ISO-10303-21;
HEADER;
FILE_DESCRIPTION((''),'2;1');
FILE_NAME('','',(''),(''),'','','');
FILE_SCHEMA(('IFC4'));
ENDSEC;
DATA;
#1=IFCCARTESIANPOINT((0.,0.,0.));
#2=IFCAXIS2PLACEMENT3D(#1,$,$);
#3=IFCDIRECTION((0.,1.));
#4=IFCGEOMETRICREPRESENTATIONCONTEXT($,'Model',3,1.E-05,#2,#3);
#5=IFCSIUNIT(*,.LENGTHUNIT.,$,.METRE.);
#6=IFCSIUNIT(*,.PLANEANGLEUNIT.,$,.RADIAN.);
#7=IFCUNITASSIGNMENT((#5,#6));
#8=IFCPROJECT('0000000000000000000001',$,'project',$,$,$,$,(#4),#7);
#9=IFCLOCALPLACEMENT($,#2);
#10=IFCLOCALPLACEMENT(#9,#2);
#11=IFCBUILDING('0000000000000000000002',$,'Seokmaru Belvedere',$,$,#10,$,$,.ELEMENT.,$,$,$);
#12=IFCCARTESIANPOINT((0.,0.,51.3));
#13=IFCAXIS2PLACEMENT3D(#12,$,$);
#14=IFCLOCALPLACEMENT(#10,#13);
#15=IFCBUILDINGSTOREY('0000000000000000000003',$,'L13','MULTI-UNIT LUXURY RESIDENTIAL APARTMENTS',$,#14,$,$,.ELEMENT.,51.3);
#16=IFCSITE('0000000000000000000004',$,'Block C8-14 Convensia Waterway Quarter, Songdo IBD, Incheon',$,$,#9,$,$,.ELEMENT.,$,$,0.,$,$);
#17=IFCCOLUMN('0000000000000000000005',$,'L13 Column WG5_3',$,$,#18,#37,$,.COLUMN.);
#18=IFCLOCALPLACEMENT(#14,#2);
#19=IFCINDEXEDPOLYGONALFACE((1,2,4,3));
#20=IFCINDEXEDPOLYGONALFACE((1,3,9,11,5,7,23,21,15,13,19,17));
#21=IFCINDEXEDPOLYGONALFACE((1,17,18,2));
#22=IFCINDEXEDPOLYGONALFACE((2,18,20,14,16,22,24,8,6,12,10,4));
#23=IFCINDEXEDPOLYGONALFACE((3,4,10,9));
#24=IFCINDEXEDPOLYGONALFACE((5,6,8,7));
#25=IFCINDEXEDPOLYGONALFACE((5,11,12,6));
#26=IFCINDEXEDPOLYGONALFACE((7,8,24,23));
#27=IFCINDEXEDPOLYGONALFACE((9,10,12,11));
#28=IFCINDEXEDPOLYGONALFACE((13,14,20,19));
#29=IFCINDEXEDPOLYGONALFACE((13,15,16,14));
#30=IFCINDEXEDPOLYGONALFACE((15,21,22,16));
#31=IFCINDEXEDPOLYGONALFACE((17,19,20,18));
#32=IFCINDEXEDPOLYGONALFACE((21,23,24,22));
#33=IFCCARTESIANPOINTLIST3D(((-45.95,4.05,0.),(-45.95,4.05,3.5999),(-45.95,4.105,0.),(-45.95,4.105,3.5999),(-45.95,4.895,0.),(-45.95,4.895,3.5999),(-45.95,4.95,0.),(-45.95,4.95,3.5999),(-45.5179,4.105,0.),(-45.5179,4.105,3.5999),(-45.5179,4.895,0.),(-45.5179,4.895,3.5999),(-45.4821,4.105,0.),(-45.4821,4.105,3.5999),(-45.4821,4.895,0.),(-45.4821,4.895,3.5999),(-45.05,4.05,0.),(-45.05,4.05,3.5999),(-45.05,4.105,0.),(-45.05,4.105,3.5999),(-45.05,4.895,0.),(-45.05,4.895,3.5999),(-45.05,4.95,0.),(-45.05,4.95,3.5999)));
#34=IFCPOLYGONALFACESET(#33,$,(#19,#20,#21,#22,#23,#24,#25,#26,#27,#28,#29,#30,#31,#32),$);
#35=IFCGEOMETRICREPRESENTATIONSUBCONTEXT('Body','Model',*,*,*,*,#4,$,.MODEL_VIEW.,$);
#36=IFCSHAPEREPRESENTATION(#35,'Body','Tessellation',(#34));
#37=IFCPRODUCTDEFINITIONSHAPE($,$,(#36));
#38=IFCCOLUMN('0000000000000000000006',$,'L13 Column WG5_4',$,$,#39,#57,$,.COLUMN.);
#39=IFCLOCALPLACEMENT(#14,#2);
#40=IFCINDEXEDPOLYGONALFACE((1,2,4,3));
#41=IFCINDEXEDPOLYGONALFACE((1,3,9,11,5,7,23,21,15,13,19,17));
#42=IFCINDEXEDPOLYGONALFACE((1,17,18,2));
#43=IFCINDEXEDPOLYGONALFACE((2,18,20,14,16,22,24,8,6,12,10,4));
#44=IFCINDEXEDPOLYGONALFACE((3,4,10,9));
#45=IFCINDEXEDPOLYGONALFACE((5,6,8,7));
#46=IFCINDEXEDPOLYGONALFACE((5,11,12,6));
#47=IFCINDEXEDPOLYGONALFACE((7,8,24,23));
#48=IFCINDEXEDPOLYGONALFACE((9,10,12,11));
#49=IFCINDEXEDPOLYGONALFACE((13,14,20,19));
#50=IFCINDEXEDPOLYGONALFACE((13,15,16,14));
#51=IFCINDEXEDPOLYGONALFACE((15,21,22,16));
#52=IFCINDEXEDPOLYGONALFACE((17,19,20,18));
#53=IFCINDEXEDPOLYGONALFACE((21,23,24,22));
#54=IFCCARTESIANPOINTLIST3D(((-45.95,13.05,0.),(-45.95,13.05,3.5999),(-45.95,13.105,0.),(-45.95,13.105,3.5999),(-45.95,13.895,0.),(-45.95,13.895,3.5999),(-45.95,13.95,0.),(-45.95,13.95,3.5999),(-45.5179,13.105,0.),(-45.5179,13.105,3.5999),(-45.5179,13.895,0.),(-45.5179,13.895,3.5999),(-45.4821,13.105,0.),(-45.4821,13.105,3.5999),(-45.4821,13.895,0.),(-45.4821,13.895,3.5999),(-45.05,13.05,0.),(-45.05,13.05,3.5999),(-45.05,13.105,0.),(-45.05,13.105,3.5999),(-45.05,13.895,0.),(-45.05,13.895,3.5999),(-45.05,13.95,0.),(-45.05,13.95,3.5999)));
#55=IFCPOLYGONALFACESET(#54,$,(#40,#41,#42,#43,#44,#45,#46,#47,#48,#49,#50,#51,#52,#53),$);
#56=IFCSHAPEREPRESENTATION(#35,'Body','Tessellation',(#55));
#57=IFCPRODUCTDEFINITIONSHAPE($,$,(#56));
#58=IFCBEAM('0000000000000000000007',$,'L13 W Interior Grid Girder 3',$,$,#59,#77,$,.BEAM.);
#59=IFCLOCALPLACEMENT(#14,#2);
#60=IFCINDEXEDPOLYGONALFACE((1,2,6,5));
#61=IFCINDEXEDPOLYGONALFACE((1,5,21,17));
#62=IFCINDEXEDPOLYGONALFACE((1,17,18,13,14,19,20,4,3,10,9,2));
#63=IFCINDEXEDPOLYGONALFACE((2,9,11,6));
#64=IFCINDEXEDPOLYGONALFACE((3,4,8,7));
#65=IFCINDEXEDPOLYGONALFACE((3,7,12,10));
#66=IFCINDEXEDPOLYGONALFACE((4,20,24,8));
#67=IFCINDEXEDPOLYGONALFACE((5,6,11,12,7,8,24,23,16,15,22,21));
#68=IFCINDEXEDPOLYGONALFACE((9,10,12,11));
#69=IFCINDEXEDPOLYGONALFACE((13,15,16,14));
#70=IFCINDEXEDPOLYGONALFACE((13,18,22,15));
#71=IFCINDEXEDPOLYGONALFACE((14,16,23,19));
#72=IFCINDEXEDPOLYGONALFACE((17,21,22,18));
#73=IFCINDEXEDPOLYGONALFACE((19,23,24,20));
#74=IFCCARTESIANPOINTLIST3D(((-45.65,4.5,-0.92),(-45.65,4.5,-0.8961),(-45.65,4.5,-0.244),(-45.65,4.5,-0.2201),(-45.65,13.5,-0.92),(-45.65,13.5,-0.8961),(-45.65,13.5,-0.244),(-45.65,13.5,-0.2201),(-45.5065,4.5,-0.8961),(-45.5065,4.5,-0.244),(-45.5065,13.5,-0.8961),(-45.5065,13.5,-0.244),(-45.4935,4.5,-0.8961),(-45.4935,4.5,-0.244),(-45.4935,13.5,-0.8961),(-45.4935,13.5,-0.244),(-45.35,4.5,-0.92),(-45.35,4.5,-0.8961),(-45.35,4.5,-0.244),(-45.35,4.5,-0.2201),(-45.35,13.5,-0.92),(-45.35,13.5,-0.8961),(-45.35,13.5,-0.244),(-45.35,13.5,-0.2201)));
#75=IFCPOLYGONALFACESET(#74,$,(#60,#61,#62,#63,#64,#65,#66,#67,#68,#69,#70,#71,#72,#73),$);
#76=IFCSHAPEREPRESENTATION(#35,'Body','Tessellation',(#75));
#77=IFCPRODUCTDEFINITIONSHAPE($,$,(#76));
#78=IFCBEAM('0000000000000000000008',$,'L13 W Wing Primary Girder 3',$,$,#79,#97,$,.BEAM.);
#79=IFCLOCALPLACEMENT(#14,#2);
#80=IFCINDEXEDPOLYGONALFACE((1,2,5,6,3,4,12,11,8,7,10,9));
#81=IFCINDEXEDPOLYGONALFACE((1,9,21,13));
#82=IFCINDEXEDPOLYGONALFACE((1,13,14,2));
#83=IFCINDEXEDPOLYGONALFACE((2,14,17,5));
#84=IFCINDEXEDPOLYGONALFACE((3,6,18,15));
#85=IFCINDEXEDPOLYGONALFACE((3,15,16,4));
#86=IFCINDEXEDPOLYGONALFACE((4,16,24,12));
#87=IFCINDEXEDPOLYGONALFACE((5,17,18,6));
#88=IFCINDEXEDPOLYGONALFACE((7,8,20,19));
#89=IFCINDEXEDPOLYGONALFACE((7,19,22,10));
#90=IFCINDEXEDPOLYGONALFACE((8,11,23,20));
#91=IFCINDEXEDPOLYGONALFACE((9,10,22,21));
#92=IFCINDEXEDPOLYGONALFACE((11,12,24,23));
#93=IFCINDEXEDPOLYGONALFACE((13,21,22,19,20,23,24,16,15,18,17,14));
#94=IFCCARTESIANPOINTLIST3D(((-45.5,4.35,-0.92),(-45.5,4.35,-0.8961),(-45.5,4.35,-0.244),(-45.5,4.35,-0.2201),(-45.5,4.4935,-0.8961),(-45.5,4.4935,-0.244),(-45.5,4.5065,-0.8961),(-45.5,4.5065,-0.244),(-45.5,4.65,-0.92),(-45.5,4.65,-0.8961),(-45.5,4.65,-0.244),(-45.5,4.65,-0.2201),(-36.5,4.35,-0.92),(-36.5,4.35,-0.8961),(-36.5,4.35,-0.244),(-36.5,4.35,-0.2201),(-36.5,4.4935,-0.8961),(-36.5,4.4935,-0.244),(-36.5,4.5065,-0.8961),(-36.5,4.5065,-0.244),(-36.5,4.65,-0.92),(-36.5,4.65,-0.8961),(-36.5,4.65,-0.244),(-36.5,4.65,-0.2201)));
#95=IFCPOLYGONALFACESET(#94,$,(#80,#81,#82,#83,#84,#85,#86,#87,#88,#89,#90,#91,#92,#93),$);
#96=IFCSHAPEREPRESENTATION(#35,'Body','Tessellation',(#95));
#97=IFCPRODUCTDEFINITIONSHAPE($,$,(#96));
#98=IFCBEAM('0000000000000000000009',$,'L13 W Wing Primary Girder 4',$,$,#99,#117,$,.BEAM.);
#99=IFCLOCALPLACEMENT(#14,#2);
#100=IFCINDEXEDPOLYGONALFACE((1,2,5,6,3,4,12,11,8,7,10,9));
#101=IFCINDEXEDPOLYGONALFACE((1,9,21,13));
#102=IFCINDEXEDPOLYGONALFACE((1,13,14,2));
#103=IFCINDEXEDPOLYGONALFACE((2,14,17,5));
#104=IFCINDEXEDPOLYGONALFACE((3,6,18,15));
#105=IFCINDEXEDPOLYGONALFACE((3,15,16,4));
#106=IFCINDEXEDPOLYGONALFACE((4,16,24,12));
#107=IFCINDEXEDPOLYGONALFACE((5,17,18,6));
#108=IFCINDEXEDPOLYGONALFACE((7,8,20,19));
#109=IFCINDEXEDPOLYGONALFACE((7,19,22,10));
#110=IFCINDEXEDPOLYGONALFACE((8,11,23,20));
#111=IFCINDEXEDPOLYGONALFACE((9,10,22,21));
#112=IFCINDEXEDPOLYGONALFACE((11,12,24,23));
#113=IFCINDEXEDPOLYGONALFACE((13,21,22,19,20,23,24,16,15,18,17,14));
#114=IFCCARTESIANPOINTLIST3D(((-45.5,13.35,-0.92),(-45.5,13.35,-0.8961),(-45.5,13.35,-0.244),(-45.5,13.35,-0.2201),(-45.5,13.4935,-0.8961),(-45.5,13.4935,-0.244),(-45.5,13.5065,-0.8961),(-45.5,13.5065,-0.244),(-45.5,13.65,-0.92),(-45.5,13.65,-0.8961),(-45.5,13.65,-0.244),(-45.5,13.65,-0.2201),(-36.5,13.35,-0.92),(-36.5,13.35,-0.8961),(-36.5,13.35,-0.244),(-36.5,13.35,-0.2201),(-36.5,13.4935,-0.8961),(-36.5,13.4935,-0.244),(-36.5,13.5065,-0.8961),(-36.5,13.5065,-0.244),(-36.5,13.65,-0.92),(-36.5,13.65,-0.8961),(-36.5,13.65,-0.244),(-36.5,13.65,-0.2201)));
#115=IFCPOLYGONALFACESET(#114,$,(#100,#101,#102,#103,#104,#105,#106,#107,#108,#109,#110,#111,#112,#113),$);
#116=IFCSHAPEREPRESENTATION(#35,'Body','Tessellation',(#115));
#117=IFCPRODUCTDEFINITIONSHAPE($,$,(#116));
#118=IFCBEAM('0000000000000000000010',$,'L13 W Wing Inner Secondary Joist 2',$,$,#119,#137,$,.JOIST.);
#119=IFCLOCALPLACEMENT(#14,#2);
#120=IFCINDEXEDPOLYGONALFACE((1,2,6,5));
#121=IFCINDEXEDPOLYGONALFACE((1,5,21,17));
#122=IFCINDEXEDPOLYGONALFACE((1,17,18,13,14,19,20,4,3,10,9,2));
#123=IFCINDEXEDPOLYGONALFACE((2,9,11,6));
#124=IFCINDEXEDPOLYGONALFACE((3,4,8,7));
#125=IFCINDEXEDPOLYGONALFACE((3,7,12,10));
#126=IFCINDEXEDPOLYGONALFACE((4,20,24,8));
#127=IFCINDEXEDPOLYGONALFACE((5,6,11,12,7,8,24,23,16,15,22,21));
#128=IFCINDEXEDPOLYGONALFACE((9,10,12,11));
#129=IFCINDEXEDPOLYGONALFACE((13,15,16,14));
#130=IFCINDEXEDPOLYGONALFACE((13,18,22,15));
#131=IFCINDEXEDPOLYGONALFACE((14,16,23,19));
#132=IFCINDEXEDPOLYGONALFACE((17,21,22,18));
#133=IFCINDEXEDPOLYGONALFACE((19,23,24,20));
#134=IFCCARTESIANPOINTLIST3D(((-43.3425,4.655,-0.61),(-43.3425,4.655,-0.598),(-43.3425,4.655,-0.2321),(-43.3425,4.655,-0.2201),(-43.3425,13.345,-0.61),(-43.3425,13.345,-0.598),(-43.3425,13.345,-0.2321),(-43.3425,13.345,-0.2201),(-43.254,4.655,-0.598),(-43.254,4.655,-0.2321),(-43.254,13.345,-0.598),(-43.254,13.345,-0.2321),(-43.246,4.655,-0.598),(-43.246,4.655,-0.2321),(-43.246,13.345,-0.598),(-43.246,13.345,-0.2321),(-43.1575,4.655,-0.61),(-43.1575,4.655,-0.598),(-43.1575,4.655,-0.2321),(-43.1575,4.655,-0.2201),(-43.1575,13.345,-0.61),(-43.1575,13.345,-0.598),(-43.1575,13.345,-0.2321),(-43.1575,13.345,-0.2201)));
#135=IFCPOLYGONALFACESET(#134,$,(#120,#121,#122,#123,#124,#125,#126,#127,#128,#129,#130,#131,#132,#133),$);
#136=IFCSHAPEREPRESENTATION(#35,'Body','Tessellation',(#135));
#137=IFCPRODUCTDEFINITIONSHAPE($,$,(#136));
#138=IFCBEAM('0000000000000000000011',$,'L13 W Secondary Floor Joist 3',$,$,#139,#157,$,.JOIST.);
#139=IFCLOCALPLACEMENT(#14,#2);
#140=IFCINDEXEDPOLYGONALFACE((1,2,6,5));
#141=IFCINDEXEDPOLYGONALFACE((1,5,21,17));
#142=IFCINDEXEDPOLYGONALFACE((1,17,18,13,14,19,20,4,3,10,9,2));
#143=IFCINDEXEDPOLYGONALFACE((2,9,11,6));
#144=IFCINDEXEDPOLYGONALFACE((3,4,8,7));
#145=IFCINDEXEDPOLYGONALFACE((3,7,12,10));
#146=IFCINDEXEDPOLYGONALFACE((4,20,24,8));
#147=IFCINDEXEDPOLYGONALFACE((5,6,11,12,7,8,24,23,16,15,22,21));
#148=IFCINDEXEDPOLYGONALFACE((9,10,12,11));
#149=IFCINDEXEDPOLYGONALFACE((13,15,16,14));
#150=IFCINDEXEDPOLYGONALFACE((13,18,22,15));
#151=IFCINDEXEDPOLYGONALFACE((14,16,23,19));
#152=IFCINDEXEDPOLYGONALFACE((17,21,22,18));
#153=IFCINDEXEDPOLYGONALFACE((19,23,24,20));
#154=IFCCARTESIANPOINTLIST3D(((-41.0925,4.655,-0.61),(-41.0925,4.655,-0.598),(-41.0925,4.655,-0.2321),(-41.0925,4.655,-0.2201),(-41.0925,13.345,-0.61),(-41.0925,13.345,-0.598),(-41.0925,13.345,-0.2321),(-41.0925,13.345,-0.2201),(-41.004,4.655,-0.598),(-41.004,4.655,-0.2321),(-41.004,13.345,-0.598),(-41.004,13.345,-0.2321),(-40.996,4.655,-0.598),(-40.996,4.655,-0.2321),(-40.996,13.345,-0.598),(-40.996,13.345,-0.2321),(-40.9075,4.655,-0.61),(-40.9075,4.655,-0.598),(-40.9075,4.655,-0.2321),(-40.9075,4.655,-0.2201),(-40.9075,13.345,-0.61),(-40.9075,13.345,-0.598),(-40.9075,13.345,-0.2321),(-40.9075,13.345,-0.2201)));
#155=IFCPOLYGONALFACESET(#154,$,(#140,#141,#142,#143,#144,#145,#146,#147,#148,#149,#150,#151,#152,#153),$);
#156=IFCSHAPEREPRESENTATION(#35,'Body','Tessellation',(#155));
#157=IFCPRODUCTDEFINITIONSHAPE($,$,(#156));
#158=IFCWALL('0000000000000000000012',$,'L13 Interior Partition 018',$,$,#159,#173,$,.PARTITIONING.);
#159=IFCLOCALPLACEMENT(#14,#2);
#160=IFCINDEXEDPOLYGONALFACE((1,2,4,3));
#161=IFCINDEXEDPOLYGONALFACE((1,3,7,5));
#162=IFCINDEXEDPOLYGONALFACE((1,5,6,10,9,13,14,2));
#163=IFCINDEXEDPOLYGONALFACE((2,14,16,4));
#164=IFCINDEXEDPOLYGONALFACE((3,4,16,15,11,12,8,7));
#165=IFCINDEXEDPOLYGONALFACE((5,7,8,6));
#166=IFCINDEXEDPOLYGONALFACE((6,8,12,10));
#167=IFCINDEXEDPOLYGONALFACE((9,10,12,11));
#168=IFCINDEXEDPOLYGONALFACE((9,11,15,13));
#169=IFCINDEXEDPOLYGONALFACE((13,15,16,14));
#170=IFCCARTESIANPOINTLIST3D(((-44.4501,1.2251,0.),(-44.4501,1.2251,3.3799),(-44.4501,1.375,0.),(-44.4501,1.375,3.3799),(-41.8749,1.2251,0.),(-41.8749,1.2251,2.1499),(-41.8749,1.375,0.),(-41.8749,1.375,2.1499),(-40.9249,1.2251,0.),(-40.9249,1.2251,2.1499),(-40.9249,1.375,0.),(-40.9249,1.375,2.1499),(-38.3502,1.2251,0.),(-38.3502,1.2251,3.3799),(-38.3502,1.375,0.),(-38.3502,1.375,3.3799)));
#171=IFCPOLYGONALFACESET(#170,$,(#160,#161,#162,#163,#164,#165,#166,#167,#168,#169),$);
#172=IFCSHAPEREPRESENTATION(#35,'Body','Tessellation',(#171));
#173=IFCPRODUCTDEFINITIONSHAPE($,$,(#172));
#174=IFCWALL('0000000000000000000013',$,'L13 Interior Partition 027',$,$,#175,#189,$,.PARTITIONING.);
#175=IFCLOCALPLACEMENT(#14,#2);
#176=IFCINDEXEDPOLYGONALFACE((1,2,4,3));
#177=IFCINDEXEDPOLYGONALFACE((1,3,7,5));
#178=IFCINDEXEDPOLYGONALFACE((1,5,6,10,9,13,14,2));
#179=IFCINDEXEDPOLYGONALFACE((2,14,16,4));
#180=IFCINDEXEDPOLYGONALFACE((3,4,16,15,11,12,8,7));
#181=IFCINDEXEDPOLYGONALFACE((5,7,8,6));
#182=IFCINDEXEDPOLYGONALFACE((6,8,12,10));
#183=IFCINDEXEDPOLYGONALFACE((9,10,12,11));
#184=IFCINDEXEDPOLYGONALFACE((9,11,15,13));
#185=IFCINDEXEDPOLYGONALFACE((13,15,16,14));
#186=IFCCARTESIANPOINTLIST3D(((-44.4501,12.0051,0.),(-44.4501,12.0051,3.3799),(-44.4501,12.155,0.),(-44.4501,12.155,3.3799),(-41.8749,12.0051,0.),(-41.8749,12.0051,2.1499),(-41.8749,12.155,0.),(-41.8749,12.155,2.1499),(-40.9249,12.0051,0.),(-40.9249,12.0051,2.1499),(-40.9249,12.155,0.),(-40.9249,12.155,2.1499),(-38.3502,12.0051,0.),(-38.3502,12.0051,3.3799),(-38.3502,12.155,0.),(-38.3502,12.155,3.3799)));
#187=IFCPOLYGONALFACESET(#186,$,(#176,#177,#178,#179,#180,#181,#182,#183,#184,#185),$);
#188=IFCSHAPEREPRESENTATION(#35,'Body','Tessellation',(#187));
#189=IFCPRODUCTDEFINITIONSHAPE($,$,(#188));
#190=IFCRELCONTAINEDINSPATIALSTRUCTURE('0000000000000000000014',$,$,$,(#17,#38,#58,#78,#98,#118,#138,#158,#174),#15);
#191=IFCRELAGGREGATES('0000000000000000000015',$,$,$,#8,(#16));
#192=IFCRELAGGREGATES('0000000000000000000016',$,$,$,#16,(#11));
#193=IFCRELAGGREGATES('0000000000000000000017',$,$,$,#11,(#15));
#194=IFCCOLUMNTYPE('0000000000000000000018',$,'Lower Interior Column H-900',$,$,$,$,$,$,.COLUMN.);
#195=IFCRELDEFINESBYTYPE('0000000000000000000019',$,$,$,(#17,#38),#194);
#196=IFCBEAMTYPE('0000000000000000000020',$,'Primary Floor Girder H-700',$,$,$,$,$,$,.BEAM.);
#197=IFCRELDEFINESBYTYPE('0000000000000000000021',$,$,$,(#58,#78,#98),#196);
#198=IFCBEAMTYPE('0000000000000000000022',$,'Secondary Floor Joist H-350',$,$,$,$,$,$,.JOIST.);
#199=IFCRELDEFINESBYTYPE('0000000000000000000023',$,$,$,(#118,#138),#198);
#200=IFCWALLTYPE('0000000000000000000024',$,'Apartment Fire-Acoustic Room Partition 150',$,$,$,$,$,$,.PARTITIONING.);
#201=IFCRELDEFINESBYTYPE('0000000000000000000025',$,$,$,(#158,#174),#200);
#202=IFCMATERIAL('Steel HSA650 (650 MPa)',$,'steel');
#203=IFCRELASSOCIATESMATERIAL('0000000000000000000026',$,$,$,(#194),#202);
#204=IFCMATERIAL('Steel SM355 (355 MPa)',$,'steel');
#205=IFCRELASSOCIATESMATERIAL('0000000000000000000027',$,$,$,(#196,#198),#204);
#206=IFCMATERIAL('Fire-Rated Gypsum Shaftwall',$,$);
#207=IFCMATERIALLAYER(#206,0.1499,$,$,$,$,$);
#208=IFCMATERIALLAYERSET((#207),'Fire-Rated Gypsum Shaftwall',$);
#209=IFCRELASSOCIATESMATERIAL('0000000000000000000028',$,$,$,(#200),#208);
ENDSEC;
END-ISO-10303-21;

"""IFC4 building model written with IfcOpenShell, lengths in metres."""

from ifc_helpers import new_model, si_unit, direction, frame, frame_2d, origin, origin_2d, place, context, subcontext, project, spatial, rectangle, i_section, extrude, source, transform, mapped, material, layer, layer_set, material_profile, profile_set, type_object, type_shapes, element, save


model = new_model("IFC4")

# Units and contexts
model_context = context("Model", 3, precision=1e-05, world=origin(), true_north=direction((0.0, 1.0)))
body_context = subcontext(model_context, "Body", "Model", "MODEL_VIEW")
ifc_project = project(units=[si_unit("LENGTHUNIT", "METRE"), si_unit("PLANEANGLEUNIT", "RADIAN")], contexts=[model_context])

# Site, building, storey
site_placement = place(None, origin())
site = spatial("IfcSite", under=ifc_project, at=site_placement, Name="Block C8-14 Convensia Waterway Quarter, Songdo IBD, Incheon", CompositionType="ELEMENT", RefElevation=0.0)
building_placement = place(site_placement, origin())
building = spatial("IfcBuilding", under=site, at=building_placement, Name="Seokmaru Belvedere", CompositionType="ELEMENT")
storey_placement = place(building_placement, frame((0.0, 0.0, 51.3)))
storey = spatial("IfcBuildingStorey", under=building, at=storey_placement, Name="L13", Description="MULTI-UNIT LUXURY RESIDENTIAL APARTMENTS", CompositionType="ELEMENT", Elevation=51.3)

# Columns
ifc_material_1 = material(Name="Steel HSA650 (650 MPa)", Category="steel")
ifc_material_profile_1 = material_profile(ifc_material_1, i_section(OverallWidth=0.8999, OverallDepth=0.8999, WebThickness=0.0359, FlangeThickness=0.0549, at=origin_2d()), Name="H-900x900x36x55")
ifc_profile_set_1 = profile_set([ifc_material_profile_1], Name="Steel HSA650 (650 MPa)")
column_type = type_object("IfcColumnType", Name="Lower Interior Column H-900", PredefinedType="COLUMN", material=ifc_profile_set_1)
shared_shape_1 = source(origin(), body_context, "Body", "SweptSolid", [
    extrude(i_section(OverallWidth=0.8999, OverallDepth=0.8999, WebThickness=0.0359, FlangeThickness=0.0549, at=origin_2d()), origin(), (0.0, 0.0, 1.0), 3.5999),
])
type_shapes(column_type, [shared_shape_1])
for number, where, z_axis, x_axis, name in (
    (1, (-45.5, 4.5, 0.0), (0.0, 0.0, 1.0), (1.0, 0.0, 0.0), "L13 Column WG5_3"),
    (2, (-45.5, 13.5, 0.0), (0.0, 0.0, 1.0), (1.0, 0.0, 0.0), "L13 Column WG5_4"),
):
    element("IfcColumn", number, at=place(storey_placement, frame(where, z_axis=z_axis, x_axis=x_axis)), inside=storey, type_object=column_type, Name=name, PredefinedType="COLUMN", context=body_context, shape_type="MappedRepresentation", body=[
        mapped(shared_shape_1, transform((0.0, 0.0, 0.0), scale=1.0)),
    ])

# Beams
ifc_material_2 = material(Name="Steel SM355 (355 MPa)", Category="steel")
ifc_material_profile_2 = material_profile(ifc_material_2, i_section(OverallWidth=0.3, OverallDepth=0.7, WebThickness=0.0129, FlangeThickness=0.0239, at=origin_2d()), Name="H-700x300x13x24")
ifc_profile_set_2 = profile_set([ifc_material_profile_2], Name="Steel SM355 (355 MPa)")
beam_type_1 = type_object("IfcBeamType", Name="Primary Floor Girder H-700", PredefinedType="BEAM", material=ifc_profile_set_2)
shared_shape_2 = source(origin(), body_context, "Body", "SweptSolid", [
    extrude(i_section(OverallWidth=0.3, OverallDepth=0.7, WebThickness=0.0129, FlangeThickness=0.0239, at=origin_2d()), origin(), (0.0, 0.0, 1.0), 9.0),
])
type_shapes(beam_type_1, [shared_shape_2])
for number, where, z_axis, x_axis, name in (
    (3, (-45.5, 4.5, -0.5701), (0.0, 1.0, 0.0), (-1.0, 0.0, 0.0), "L13 W Interior Grid Girder 3"),
    (4, (-45.5, 4.5, -0.5701), (1.0, 0.0, 0.0), (0.0, 1.0, 0.0), "L13 W Wing Primary Girder 3"),
    (5, (-45.5, 13.5, -0.5701), (1.0, 0.0, 0.0), (0.0, 1.0, 0.0), "L13 W Wing Primary Girder 4"),
):
    element("IfcBeam", number, at=place(storey_placement, frame(where, z_axis=z_axis, x_axis=x_axis)), inside=storey, type_object=beam_type_1, Name=name, PredefinedType="BEAM", context=body_context, shape_type="MappedRepresentation", body=[
        mapped(shared_shape_2, transform((0.0, 0.0, 0.0), scale=1.0)),
    ])
ifc_material_profile_3 = material_profile(ifc_material_2, i_section(OverallWidth=0.1851, OverallDepth=0.3899, WebThickness=0.0081, FlangeThickness=0.012, at=origin_2d()), Name="H-390x185x8x12")
ifc_profile_set_3 = profile_set([ifc_material_profile_3], Name="Steel SM355 (355 MPa)")
beam_type_2 = type_object("IfcBeamType", Name="Secondary Floor Joist H-350", PredefinedType="JOIST", material=ifc_profile_set_3)
shared_shape_3 = source(origin(), body_context, "Body", "SweptSolid", [
    extrude(i_section(OverallWidth=0.1851, OverallDepth=0.3899, WebThickness=0.0081, FlangeThickness=0.012, at=origin_2d()), origin(), (0.0, 0.0, 1.0), 8.6899),
])
type_shapes(beam_type_2, [shared_shape_3])
for number, where, z_axis, x_axis, name in (
    (6, (-43.25, 4.655, -0.415), (0.0, 1.0, 0.0), (-1.0, 0.0, 0.0), "L13 W Wing Inner Secondary Joist 2"),
    (7, (-41.0, 4.655, -0.415), (0.0, 1.0, 0.0), (-1.0, 0.0, 0.0), "L13 W Secondary Floor Joist 3"),
):
    element("IfcBeam", number, at=place(storey_placement, frame(where, z_axis=z_axis, x_axis=x_axis)), inside=storey, type_object=beam_type_2, Name=name, PredefinedType="JOIST", context=body_context, shape_type="MappedRepresentation", body=[
        mapped(shared_shape_3, transform((0.0, 0.0, 0.0), scale=1.0)),
    ])

# Walls, openings
ifc_material_3 = material(Name="Fire-Rated Gypsum Shaftwall")
ifc_layer_1 = layer(ifc_material_3, 0.1499)
ifc_layer_set_1 = layer_set([ifc_layer_1], Name="Fire-Rated Gypsum Shaftwall")
wall_type_1 = type_object("IfcWallType", Name="Apartment Fire-Acoustic Room Partition 150", PredefinedType="PARTITIONING", material=ifc_layer_set_1)
wall_1_placement = place(storey_placement, frame((-44.45, 1.3, 0.0), z_axis=(0.0, 0.0, 1.0), x_axis=(1.0, 0.0, 0.0)))
wall_1 = element("IfcWall", 8, at=wall_1_placement, inside=storey, type_object=wall_type_1, Name="L13 Interior Partition 018", PredefinedType="PARTITIONING", context=body_context, shape_type="SweptSolid", body=[
    extrude(rectangle(XDim=6.0999, YDim=0.1499, at=frame_2d((3.0498, 0.0))), origin(), (0.0, 0.0, 1.0), 3.3799),
])
opening_1_placement = place(wall_1_placement, frame((2.575, 0.0, 0.0)))
element("IfcOpeningElement", 9, at=opening_1_placement, cuts=wall_1, PredefinedType="OPENING", context=body_context, shape_type="SweptSolid", body=[
    extrude(rectangle(XDim=0.95, YDim=2.1499, at=frame_2d((0.4751, 1.075))), frame((0.0, 0.085, 0.0), z_axis=(0.0, -1.0, 0.0), x_axis=(1.0, 0.0, 0.0)), (0.0, 0.0, 1.0), 0.1699),
])
wall_2_placement = place(storey_placement, frame((-44.45, 12.0801, 0.0), z_axis=(0.0, 0.0, 1.0), x_axis=(1.0, 0.0, 0.0)))
wall_2 = element("IfcWall", 10, at=wall_2_placement, inside=storey, type_object=wall_type_1, Name="L13 Interior Partition 027", PredefinedType="PARTITIONING", context=body_context, shape_type="SweptSolid", body=[
    extrude(rectangle(XDim=6.0999, YDim=0.1499, at=frame_2d((3.0498, 0.0))), origin(), (0.0, 0.0, 1.0), 3.3799),
])
opening_2_placement = place(wall_2_placement, frame((2.575, 0.0, 0.0)))
element("IfcOpeningElement", 11, at=opening_2_placement, cuts=wall_2, PredefinedType="OPENING", context=body_context, shape_type="SweptSolid", body=[
    extrude(rectangle(XDim=0.95, YDim=2.1499, at=frame_2d((0.4751, 1.075))), frame((0.0, 0.085, 0.0), z_axis=(0.0, -1.0, 0.0), x_axis=(1.0, 0.0, 0.0)), (0.0, 0.0, 1.0), 0.1699),
])

save(model, "model.ifc")
